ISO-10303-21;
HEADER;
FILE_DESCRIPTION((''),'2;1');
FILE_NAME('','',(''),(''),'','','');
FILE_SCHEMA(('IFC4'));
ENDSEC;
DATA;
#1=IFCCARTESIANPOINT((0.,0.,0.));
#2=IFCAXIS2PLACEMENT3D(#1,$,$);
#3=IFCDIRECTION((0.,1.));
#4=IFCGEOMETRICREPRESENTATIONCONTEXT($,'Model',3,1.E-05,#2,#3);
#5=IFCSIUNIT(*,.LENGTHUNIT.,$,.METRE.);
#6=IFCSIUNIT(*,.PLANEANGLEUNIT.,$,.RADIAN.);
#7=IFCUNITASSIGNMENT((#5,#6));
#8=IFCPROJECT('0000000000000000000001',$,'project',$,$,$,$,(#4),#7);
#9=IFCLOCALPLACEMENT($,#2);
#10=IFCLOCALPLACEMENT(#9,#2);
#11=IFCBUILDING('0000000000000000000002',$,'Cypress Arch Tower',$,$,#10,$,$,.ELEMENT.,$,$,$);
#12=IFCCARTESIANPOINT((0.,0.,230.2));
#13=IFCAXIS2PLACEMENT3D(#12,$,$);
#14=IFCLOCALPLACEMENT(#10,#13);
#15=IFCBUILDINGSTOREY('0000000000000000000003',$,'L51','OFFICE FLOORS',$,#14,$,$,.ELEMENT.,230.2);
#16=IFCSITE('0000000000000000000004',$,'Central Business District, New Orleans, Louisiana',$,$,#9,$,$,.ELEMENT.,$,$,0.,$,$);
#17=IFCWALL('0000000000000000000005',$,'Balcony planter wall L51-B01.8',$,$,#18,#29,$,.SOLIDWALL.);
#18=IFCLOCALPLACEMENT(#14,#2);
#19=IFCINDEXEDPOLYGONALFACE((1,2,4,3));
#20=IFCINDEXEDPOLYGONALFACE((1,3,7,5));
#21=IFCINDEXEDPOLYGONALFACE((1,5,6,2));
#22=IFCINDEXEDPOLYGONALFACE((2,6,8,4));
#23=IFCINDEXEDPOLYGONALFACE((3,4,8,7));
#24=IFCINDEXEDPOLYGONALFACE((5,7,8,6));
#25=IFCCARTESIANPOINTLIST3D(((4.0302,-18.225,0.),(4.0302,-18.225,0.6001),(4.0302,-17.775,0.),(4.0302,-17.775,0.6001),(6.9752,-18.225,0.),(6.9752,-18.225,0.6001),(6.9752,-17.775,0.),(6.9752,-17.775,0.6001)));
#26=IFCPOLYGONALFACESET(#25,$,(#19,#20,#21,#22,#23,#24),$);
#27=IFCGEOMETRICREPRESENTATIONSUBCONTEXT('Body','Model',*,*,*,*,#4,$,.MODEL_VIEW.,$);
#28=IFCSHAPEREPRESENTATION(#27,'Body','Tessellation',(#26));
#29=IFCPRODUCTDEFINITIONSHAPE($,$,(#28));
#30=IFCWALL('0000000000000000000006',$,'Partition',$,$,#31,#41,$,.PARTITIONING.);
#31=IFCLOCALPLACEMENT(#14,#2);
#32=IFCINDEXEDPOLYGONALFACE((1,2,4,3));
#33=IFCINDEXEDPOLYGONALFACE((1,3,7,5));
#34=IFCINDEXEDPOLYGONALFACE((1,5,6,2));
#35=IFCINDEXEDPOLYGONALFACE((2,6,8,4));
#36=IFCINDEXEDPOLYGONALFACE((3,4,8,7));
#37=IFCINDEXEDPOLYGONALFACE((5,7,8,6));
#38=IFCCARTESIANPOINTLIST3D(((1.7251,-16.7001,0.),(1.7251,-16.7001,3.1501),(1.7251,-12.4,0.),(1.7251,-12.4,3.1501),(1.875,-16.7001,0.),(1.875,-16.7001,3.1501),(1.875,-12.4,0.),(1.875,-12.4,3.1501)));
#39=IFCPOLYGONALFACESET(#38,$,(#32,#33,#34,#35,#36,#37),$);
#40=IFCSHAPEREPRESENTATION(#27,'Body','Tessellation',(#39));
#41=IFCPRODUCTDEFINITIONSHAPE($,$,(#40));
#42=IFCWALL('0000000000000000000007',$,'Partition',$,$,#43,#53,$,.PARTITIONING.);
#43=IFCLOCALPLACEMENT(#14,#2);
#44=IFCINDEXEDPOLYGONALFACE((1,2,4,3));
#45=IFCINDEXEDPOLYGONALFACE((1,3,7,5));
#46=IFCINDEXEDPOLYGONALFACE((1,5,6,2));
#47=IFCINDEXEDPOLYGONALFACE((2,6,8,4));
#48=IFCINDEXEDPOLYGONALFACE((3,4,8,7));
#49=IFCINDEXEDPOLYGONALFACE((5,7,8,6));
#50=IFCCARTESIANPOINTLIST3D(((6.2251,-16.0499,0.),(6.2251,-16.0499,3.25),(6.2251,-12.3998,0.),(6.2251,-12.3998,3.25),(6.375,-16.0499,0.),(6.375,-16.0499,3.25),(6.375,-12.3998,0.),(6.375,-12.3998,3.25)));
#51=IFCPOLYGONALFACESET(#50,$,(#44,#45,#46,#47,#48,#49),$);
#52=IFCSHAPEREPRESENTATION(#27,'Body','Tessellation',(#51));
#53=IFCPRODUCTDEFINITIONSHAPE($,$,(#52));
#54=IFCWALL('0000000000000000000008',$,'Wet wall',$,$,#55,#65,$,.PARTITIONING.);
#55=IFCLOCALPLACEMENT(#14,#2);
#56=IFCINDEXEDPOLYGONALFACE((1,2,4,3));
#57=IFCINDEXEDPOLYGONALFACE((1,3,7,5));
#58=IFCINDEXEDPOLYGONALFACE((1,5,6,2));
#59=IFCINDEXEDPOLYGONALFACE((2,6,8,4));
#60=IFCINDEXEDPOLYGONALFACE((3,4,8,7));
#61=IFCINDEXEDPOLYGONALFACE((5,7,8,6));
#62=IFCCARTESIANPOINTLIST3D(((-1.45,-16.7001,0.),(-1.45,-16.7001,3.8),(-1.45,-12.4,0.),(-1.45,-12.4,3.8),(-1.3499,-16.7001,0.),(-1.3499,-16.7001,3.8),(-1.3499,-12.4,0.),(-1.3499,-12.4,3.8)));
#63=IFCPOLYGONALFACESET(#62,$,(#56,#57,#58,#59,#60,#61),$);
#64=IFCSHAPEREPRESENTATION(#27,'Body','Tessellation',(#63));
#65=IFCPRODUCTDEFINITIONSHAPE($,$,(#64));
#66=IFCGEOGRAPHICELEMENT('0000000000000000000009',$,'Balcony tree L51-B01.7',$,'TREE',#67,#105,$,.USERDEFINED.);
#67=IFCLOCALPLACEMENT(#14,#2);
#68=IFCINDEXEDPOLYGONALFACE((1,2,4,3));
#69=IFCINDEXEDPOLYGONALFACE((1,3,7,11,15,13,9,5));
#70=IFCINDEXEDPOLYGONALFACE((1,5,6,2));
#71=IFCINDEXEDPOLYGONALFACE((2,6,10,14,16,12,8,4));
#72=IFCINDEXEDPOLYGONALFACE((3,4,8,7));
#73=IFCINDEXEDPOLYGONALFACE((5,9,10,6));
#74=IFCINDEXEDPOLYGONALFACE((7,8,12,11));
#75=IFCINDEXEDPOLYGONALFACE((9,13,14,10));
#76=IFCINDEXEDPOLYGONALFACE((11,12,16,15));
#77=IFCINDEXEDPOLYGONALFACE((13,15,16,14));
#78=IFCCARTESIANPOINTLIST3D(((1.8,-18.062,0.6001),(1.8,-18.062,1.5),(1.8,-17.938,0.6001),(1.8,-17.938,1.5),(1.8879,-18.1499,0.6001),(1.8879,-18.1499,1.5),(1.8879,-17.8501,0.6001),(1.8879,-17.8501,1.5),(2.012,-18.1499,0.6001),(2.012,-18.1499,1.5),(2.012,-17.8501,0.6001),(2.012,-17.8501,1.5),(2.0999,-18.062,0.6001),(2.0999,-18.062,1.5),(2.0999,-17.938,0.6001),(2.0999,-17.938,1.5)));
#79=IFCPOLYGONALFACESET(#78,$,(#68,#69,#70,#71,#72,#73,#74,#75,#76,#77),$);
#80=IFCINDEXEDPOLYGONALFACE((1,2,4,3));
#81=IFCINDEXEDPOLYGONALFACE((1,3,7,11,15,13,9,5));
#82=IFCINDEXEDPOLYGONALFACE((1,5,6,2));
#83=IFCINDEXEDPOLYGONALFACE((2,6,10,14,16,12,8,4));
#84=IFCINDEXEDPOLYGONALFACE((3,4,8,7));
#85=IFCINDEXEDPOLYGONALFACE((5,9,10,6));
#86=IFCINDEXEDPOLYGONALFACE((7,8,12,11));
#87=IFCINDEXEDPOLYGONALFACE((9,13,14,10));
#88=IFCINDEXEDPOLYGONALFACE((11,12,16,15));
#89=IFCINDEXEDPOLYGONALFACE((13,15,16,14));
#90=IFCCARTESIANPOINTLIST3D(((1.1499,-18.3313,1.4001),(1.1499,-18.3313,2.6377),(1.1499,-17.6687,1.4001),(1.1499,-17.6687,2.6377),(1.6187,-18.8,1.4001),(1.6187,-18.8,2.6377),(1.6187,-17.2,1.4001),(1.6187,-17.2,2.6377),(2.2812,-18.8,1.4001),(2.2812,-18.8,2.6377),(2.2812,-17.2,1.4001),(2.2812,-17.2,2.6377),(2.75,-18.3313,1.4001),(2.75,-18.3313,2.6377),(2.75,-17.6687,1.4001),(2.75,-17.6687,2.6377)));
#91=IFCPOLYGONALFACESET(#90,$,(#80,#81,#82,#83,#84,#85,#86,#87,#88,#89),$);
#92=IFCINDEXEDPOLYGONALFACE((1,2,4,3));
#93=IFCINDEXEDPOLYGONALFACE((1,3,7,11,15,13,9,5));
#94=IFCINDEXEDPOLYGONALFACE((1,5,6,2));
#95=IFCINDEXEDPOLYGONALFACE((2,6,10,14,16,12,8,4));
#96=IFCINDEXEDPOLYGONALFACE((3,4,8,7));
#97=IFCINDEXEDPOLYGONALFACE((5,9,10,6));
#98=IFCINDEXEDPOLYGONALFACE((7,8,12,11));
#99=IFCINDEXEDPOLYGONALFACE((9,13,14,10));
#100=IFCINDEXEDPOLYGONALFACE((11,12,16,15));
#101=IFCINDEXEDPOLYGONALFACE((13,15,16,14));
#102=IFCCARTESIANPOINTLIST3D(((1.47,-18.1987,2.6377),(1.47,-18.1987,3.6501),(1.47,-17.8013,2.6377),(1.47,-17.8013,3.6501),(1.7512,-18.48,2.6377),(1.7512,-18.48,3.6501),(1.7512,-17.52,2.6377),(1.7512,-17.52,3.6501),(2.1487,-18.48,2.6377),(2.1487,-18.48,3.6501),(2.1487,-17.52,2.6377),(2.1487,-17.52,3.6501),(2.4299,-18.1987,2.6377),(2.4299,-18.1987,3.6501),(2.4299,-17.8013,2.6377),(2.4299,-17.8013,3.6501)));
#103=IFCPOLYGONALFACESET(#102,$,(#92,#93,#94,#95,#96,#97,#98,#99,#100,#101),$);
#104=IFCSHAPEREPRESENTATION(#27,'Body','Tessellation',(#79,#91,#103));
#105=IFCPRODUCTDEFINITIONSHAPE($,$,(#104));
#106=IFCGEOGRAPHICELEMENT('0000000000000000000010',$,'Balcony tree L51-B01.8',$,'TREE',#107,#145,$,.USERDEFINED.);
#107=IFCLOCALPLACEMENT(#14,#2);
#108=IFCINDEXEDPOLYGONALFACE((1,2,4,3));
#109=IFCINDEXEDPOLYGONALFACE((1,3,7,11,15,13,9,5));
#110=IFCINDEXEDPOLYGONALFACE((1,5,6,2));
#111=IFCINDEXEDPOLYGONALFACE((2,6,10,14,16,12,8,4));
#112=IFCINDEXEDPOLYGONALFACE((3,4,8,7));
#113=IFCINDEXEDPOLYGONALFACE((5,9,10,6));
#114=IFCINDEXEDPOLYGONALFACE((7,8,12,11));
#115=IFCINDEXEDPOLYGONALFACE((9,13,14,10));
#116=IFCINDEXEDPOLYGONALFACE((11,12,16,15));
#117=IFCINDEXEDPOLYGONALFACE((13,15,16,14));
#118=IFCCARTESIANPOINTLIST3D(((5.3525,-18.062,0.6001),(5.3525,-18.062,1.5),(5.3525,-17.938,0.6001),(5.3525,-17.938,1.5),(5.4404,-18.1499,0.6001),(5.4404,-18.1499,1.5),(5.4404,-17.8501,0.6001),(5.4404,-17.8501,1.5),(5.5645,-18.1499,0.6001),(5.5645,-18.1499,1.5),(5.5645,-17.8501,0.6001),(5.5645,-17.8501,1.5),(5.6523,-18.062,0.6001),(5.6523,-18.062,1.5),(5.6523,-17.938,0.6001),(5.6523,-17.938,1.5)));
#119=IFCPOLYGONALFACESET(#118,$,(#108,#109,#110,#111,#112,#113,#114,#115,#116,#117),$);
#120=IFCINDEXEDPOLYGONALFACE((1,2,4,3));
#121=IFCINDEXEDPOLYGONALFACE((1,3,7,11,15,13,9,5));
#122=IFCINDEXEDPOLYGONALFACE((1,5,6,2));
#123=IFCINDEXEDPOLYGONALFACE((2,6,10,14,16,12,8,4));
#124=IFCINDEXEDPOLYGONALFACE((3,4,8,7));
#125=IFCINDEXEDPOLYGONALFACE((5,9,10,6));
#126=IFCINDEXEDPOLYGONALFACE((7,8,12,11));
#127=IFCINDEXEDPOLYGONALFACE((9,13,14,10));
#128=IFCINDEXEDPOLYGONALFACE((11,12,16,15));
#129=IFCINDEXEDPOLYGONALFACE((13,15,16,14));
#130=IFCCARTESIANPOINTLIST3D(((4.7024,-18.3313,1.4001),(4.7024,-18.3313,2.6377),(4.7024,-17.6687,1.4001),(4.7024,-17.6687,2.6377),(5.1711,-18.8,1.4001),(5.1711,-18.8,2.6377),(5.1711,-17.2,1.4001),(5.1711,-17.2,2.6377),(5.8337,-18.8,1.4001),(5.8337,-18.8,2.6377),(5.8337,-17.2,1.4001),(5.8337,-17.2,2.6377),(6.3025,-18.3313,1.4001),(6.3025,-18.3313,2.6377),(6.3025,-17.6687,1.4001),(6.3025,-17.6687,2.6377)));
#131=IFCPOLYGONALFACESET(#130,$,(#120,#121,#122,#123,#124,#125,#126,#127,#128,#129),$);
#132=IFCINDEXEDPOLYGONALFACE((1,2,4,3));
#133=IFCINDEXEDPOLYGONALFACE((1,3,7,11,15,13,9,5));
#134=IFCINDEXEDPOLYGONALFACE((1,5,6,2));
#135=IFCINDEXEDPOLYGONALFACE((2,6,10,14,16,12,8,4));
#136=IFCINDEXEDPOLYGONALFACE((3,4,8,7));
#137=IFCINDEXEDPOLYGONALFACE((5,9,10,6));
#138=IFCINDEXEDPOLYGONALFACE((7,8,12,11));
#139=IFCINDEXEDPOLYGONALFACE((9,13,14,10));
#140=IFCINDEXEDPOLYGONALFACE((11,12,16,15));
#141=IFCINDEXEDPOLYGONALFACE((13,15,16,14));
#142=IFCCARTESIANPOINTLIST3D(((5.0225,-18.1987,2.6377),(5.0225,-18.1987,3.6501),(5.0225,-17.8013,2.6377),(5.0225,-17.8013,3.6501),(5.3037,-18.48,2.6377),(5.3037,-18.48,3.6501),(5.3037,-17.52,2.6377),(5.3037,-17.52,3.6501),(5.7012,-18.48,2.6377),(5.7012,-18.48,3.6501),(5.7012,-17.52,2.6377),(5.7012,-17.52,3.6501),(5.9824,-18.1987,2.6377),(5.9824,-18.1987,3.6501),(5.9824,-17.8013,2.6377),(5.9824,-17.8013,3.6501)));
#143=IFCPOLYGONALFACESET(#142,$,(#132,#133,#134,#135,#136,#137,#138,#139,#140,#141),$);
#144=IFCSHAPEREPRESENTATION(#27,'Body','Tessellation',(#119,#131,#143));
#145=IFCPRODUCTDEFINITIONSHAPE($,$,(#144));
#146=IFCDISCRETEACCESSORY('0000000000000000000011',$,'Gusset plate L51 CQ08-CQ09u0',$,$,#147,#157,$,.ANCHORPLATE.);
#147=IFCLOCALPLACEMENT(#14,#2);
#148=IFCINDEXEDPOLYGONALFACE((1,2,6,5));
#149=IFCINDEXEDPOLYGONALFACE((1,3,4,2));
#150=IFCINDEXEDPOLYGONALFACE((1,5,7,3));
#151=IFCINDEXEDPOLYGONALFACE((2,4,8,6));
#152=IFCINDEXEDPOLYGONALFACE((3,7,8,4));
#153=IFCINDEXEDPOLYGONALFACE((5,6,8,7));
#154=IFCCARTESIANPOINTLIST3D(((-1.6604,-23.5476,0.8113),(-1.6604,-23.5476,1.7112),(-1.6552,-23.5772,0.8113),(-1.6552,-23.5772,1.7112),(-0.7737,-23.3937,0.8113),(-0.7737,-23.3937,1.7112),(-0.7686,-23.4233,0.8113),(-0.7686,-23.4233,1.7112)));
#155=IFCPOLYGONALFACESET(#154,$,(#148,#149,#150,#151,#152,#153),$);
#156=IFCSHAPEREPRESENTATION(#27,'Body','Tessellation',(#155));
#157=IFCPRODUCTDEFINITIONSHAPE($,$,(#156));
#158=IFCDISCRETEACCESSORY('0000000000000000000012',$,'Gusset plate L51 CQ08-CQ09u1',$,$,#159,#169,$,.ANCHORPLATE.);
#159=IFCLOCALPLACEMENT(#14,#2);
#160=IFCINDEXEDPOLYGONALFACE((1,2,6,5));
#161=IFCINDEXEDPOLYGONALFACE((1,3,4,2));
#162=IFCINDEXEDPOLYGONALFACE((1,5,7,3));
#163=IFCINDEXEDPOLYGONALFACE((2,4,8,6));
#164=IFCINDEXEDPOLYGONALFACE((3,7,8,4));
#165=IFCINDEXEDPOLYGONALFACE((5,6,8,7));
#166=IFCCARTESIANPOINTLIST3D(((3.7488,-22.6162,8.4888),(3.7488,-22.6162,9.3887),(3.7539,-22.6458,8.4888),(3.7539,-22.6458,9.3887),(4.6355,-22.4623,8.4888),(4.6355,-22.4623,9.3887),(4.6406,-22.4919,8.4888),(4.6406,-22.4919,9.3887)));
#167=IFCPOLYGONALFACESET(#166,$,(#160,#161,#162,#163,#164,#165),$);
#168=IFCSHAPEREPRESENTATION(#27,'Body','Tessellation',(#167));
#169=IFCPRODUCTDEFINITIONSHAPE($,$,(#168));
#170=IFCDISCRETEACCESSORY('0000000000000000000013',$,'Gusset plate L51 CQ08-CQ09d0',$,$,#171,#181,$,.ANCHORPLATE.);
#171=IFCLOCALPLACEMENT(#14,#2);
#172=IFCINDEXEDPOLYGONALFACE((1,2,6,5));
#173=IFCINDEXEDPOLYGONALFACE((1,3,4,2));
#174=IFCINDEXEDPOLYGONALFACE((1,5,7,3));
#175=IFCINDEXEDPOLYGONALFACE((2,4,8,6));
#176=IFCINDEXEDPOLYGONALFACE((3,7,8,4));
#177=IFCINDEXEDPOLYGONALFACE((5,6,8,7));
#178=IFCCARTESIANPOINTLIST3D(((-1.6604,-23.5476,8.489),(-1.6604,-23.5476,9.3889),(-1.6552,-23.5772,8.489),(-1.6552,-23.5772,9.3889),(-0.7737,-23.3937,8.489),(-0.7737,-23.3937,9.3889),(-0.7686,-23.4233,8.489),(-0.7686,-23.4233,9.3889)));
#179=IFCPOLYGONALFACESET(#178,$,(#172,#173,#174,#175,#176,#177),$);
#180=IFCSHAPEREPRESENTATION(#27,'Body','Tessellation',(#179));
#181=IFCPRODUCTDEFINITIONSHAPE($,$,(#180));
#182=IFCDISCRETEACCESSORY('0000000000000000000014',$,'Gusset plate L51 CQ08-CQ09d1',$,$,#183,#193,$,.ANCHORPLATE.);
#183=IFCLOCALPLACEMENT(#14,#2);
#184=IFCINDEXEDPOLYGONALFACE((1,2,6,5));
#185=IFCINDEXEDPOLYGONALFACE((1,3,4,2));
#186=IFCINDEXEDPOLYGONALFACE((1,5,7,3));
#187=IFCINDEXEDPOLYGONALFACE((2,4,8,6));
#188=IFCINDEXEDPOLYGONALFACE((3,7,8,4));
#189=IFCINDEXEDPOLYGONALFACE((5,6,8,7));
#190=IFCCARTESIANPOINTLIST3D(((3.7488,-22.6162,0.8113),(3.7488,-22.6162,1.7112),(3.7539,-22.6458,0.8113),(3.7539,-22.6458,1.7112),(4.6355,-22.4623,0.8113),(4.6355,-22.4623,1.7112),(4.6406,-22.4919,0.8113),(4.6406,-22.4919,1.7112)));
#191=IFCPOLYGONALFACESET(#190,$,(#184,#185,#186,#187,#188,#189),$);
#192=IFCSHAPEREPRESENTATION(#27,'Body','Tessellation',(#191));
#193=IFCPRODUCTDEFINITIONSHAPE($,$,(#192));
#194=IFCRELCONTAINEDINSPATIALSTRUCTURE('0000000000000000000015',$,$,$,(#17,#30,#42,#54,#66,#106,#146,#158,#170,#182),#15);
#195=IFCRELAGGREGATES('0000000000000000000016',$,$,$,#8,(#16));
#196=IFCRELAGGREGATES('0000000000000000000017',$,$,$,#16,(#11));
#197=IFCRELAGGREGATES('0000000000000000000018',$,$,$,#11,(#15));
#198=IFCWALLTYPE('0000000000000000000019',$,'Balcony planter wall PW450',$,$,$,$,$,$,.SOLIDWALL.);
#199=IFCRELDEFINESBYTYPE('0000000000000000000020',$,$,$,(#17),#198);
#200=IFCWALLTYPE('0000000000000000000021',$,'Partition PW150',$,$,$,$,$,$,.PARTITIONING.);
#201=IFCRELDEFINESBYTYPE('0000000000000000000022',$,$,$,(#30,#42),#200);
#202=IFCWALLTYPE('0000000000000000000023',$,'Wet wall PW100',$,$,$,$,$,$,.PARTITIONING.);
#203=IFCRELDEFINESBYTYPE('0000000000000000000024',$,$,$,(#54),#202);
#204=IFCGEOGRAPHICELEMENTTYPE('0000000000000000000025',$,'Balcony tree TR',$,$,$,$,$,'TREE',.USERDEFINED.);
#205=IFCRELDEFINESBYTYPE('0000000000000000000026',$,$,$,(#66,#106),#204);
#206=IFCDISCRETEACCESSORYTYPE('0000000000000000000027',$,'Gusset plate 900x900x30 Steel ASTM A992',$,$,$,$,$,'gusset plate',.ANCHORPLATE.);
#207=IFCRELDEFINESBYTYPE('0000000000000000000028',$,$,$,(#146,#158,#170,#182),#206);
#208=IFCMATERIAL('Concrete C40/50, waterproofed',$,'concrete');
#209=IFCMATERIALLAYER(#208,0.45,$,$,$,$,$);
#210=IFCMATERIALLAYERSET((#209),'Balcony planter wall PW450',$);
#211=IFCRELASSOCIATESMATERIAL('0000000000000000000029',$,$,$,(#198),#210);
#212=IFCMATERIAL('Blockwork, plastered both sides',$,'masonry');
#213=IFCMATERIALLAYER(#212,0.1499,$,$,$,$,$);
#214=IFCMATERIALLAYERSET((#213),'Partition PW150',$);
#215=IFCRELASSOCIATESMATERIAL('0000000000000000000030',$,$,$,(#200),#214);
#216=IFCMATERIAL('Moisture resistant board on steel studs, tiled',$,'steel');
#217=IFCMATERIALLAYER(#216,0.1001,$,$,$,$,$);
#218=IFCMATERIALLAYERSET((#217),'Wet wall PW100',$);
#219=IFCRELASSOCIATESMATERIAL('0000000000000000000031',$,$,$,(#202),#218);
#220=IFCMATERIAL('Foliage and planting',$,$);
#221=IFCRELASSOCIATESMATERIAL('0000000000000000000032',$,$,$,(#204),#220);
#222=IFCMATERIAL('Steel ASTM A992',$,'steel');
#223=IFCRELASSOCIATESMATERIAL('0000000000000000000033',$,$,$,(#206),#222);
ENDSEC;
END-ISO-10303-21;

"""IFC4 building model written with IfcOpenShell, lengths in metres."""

from ifc_helpers import new_model, si_unit, direction, frame, frame_2d, origin, origin_2d, place, context, subcontext, project, spatial, polyline, rectangle, outline, extrude, material, layer, layer_set, material_profile, profile_set, type_object, element, save


model = new_model("IFC4")

# Units and contexts
model_context = context("Model", 3, precision=1e-05, world=origin(), true_north=direction((0.0, 1.0)))
body_context = subcontext(model_context, "Body", "Model", "MODEL_VIEW")
ifc_project = project(units=[si_unit("LENGTHUNIT", "METRE"), si_unit("PLANEANGLEUNIT", "RADIAN")], contexts=[model_context])

# Site, building, storey
site_placement = place(None, origin())
site = spatial("IfcSite", under=ifc_project, at=site_placement, Name="Central Business District, New Orleans, Louisiana", CompositionType="ELEMENT", RefElevation=0.0)
building_placement = place(site_placement, origin())
building = spatial("IfcBuilding", under=site, at=building_placement, Name="Cypress Arch Tower", CompositionType="ELEMENT")
storey_placement = place(building_placement, frame((0.0, 0.0, 230.2)))
storey = spatial("IfcBuildingStorey", under=building, at=storey_placement, Name="L51", Description="OFFICE FLOORS", CompositionType="ELEMENT", Elevation=230.2)

# Wall
ifc_material_1 = material(Name="Concrete C40/50, waterproofed", Category="concrete")
ifc_layer_1 = layer(ifc_material_1, 0.45)
ifc_layer_set_1 = layer_set([ifc_layer_1], Name="Balcony planter wall PW450")
wall_type_1 = type_object("IfcWallType", Name="Balcony planter wall PW450", PredefinedType="SOLIDWALL", material=ifc_layer_set_1)
wall_1_placement = place(storey_placement, frame((4.03, -18.0, 0.0), z_axis=(0.0, 0.0, 1.0), x_axis=(1.0, 0.0, 0.0)))
element("IfcWall", 1, at=wall_1_placement, inside=storey, type_object=wall_type_1, Name="Balcony planter wall L51-B01.8", PredefinedType="SOLIDWALL", context=body_context, shape_type="SweptSolid", body=[
    extrude(rectangle(XDim=2.9451, YDim=0.45, at=frame_2d((1.4727, 0.0))), origin(), (0.0, 0.0, 1.0), 0.6001),
])

# Walls
ifc_material_2 = material(Name="Blockwork, plastered both sides", Category="masonry")
ifc_layer_2 = layer(ifc_material_2, 0.1499)
ifc_layer_set_2 = layer_set([ifc_layer_2], Name="Partition PW150")
wall_type_2 = type_object("IfcWallType", Name="Partition PW150", PredefinedType="PARTITIONING", material=ifc_layer_set_2)
wall_2_placement = place(storey_placement, frame((1.8, -16.7, 0.0), z_axis=(0.0, 0.0, 1.0), x_axis=(0.0, 1.0, 0.0)))
element("IfcWall", 2, at=wall_2_placement, inside=storey, type_object=wall_type_2, Name="Partition", PredefinedType="PARTITIONING", context=body_context, shape_type="SweptSolid", body=[
    extrude(rectangle(XDim=4.3, YDim=0.1499, at=frame_2d((2.1499, 0.0))), origin(), (0.0, 0.0, 1.0), 3.1501),
])
wall_3_placement = place(storey_placement, frame((6.3, -16.05, 0.0), z_axis=(0.0, 0.0, 1.0), x_axis=(0.0, 1.0, 0.0)))
element("IfcWall", 3, at=wall_3_placement, inside=storey, type_object=wall_type_2, Name="Partition", PredefinedType="PARTITIONING", context=body_context, shape_type="SweptSolid", body=[
    extrude(rectangle(XDim=3.6501, YDim=0.1499, at=frame_2d((1.8252, 0.0))), origin(), (0.0, 0.0, 1.0), 3.25),
])
ifc_material_3 = material(Name="Moisture resistant board on steel studs, tiled", Category="steel")
ifc_layer_3 = layer(ifc_material_3, 0.1001)
ifc_layer_set_3 = layer_set([ifc_layer_3], Name="Wet wall PW100")
wall_type_3 = type_object("IfcWallType", Name="Wet wall PW100", PredefinedType="PARTITIONING", material=ifc_layer_set_3)
wall_4_placement = place(storey_placement, frame((-1.3999, -16.7, 0.0), z_axis=(0.0, 0.0, 1.0), x_axis=(0.0, 1.0, 0.0)))
element("IfcWall", 4, at=wall_4_placement, inside=storey, type_object=wall_type_3, Name="Wet wall", PredefinedType="PARTITIONING", context=body_context, shape_type="SweptSolid", body=[
    extrude(rectangle(XDim=4.3, YDim=0.1001, at=frame_2d((2.1499, 0.0))), origin(), (0.0, 0.0, 1.0), 3.8),
])

# Geographic elements
ifc_material_4 = material(Name="Foliage and planting")
geographic_element_type = type_object("IfcGeographicElementType", Name="Balcony tree TR", ElementType="TREE", PredefinedType="USERDEFINED", material=ifc_material_4)
for number, where, z_axis, x_axis, name in (
    (5, (1.95, -18.0, 0.6001), (0.0, 0.0, 1.0), (1.0, 0.0, 0.0), "Balcony tree L51-B01.7"),
    (6, (5.5024, -18.0, 0.6001), (0.0, 0.0, 1.0), (1.0, 0.0, 0.0), "Balcony tree L51-B01.8"),
):
    element("IfcGeographicElement", number, at=place(storey_placement, frame(where, z_axis=z_axis, x_axis=x_axis)), inside=storey, type_object=geographic_element_type, Name=name, ObjectType="TREE", PredefinedType="USERDEFINED", context=body_context, shape_type="SweptSolid", body=[
        extrude(outline(polyline([(0.1499, 0.062), (0.062, 0.1499), (-0.062, 0.1499), (-0.1499, 0.062), (-0.1499, -0.062), (-0.062, -0.1499), (0.062, -0.1499), (0.1499, -0.062), (0.1499, 0.062)])), origin(), (0.0, 0.0, 1.0), 0.8999),
        extrude(outline(polyline([(0.8, 0.3313), (0.3313, 0.8), (-0.3313, 0.8), (-0.8, 0.3313), (-0.8, -0.3313), (-0.3313, -0.8), (0.3313, -0.8), (0.8, -0.3313), (0.8, 0.3313)])), frame((0.0, 0.0, 0.8)), (0.0, 0.0, 1.0), 1.2375),
        extrude(outline(polyline([(0.48, 0.1987), (0.1987, 0.48), (-0.1987, 0.48), (-0.48, 0.1987), (-0.48, -0.1987), (-0.1987, -0.48), (0.1987, -0.48), (0.48, -0.1987), (0.48, 0.1987)])), frame((0.0, 0.0, 2.0376)), (0.0, 0.0, 1.0), 1.0125),
    ])

# Discrete accessories
ifc_material_5 = material(Name="Steel ASTM A992", Category="steel")
ifc_material_profile_1 = material_profile(ifc_material_5, rectangle(XDim=0.8999, YDim=0.8999, at=origin_2d()), Name="PL 30 900x900")
ifc_profile_set_1 = profile_set([ifc_material_profile_1], Name="Steel ASTM A992")
discrete_accessory_type_1 = type_object("IfcDiscreteAccessoryType", Name="Gusset plate 900x900x30 Steel ASTM A992", ElementType="gusset plate", PredefinedType="ANCHORPLATE", material=ifc_profile_set_1)
for number, where, z_axis, x_axis, name in (
    (7, (-1.2119, -23.5002, 1.2612), (-0.170998, 0.985271, 0.0), (-0.985271, -0.170998, 0.0), "Gusset plate L51 CQ08-CQ09u0"),
    (8, (4.1973, -22.5688, 8.9387), (-0.170998, 0.985271, 0.0), (-0.985271, -0.170998, 0.0), "Gusset plate L51 CQ08-CQ09u1"),
    (9, (-1.2119, -23.5002, 8.939), (-0.170998, 0.985271, 0.0), (-0.985271, -0.170998, 0.0), "Gusset plate L51 CQ08-CQ09d0"),
    (10, (4.1973, -22.5688, 1.2612), (-0.170998, 0.985271, 0.0), (-0.985271, -0.170998, 0.0), "Gusset plate L51 CQ08-CQ09d1"),
):
    element("IfcDiscreteAccessory", number, at=place(storey_placement, frame(where, z_axis=z_axis, x_axis=x_axis)), inside=storey, type_object=discrete_accessory_type_1, Name=name, PredefinedType="ANCHORPLATE", context=body_context, shape_type="SweptSolid", body=[
        extrude(rectangle(XDim=0.8999, YDim=0.8999, at=origin_2d()), origin(), (0.0, 0.0, 1.0), 0.03),
    ])

save(model, "model.ifc")
